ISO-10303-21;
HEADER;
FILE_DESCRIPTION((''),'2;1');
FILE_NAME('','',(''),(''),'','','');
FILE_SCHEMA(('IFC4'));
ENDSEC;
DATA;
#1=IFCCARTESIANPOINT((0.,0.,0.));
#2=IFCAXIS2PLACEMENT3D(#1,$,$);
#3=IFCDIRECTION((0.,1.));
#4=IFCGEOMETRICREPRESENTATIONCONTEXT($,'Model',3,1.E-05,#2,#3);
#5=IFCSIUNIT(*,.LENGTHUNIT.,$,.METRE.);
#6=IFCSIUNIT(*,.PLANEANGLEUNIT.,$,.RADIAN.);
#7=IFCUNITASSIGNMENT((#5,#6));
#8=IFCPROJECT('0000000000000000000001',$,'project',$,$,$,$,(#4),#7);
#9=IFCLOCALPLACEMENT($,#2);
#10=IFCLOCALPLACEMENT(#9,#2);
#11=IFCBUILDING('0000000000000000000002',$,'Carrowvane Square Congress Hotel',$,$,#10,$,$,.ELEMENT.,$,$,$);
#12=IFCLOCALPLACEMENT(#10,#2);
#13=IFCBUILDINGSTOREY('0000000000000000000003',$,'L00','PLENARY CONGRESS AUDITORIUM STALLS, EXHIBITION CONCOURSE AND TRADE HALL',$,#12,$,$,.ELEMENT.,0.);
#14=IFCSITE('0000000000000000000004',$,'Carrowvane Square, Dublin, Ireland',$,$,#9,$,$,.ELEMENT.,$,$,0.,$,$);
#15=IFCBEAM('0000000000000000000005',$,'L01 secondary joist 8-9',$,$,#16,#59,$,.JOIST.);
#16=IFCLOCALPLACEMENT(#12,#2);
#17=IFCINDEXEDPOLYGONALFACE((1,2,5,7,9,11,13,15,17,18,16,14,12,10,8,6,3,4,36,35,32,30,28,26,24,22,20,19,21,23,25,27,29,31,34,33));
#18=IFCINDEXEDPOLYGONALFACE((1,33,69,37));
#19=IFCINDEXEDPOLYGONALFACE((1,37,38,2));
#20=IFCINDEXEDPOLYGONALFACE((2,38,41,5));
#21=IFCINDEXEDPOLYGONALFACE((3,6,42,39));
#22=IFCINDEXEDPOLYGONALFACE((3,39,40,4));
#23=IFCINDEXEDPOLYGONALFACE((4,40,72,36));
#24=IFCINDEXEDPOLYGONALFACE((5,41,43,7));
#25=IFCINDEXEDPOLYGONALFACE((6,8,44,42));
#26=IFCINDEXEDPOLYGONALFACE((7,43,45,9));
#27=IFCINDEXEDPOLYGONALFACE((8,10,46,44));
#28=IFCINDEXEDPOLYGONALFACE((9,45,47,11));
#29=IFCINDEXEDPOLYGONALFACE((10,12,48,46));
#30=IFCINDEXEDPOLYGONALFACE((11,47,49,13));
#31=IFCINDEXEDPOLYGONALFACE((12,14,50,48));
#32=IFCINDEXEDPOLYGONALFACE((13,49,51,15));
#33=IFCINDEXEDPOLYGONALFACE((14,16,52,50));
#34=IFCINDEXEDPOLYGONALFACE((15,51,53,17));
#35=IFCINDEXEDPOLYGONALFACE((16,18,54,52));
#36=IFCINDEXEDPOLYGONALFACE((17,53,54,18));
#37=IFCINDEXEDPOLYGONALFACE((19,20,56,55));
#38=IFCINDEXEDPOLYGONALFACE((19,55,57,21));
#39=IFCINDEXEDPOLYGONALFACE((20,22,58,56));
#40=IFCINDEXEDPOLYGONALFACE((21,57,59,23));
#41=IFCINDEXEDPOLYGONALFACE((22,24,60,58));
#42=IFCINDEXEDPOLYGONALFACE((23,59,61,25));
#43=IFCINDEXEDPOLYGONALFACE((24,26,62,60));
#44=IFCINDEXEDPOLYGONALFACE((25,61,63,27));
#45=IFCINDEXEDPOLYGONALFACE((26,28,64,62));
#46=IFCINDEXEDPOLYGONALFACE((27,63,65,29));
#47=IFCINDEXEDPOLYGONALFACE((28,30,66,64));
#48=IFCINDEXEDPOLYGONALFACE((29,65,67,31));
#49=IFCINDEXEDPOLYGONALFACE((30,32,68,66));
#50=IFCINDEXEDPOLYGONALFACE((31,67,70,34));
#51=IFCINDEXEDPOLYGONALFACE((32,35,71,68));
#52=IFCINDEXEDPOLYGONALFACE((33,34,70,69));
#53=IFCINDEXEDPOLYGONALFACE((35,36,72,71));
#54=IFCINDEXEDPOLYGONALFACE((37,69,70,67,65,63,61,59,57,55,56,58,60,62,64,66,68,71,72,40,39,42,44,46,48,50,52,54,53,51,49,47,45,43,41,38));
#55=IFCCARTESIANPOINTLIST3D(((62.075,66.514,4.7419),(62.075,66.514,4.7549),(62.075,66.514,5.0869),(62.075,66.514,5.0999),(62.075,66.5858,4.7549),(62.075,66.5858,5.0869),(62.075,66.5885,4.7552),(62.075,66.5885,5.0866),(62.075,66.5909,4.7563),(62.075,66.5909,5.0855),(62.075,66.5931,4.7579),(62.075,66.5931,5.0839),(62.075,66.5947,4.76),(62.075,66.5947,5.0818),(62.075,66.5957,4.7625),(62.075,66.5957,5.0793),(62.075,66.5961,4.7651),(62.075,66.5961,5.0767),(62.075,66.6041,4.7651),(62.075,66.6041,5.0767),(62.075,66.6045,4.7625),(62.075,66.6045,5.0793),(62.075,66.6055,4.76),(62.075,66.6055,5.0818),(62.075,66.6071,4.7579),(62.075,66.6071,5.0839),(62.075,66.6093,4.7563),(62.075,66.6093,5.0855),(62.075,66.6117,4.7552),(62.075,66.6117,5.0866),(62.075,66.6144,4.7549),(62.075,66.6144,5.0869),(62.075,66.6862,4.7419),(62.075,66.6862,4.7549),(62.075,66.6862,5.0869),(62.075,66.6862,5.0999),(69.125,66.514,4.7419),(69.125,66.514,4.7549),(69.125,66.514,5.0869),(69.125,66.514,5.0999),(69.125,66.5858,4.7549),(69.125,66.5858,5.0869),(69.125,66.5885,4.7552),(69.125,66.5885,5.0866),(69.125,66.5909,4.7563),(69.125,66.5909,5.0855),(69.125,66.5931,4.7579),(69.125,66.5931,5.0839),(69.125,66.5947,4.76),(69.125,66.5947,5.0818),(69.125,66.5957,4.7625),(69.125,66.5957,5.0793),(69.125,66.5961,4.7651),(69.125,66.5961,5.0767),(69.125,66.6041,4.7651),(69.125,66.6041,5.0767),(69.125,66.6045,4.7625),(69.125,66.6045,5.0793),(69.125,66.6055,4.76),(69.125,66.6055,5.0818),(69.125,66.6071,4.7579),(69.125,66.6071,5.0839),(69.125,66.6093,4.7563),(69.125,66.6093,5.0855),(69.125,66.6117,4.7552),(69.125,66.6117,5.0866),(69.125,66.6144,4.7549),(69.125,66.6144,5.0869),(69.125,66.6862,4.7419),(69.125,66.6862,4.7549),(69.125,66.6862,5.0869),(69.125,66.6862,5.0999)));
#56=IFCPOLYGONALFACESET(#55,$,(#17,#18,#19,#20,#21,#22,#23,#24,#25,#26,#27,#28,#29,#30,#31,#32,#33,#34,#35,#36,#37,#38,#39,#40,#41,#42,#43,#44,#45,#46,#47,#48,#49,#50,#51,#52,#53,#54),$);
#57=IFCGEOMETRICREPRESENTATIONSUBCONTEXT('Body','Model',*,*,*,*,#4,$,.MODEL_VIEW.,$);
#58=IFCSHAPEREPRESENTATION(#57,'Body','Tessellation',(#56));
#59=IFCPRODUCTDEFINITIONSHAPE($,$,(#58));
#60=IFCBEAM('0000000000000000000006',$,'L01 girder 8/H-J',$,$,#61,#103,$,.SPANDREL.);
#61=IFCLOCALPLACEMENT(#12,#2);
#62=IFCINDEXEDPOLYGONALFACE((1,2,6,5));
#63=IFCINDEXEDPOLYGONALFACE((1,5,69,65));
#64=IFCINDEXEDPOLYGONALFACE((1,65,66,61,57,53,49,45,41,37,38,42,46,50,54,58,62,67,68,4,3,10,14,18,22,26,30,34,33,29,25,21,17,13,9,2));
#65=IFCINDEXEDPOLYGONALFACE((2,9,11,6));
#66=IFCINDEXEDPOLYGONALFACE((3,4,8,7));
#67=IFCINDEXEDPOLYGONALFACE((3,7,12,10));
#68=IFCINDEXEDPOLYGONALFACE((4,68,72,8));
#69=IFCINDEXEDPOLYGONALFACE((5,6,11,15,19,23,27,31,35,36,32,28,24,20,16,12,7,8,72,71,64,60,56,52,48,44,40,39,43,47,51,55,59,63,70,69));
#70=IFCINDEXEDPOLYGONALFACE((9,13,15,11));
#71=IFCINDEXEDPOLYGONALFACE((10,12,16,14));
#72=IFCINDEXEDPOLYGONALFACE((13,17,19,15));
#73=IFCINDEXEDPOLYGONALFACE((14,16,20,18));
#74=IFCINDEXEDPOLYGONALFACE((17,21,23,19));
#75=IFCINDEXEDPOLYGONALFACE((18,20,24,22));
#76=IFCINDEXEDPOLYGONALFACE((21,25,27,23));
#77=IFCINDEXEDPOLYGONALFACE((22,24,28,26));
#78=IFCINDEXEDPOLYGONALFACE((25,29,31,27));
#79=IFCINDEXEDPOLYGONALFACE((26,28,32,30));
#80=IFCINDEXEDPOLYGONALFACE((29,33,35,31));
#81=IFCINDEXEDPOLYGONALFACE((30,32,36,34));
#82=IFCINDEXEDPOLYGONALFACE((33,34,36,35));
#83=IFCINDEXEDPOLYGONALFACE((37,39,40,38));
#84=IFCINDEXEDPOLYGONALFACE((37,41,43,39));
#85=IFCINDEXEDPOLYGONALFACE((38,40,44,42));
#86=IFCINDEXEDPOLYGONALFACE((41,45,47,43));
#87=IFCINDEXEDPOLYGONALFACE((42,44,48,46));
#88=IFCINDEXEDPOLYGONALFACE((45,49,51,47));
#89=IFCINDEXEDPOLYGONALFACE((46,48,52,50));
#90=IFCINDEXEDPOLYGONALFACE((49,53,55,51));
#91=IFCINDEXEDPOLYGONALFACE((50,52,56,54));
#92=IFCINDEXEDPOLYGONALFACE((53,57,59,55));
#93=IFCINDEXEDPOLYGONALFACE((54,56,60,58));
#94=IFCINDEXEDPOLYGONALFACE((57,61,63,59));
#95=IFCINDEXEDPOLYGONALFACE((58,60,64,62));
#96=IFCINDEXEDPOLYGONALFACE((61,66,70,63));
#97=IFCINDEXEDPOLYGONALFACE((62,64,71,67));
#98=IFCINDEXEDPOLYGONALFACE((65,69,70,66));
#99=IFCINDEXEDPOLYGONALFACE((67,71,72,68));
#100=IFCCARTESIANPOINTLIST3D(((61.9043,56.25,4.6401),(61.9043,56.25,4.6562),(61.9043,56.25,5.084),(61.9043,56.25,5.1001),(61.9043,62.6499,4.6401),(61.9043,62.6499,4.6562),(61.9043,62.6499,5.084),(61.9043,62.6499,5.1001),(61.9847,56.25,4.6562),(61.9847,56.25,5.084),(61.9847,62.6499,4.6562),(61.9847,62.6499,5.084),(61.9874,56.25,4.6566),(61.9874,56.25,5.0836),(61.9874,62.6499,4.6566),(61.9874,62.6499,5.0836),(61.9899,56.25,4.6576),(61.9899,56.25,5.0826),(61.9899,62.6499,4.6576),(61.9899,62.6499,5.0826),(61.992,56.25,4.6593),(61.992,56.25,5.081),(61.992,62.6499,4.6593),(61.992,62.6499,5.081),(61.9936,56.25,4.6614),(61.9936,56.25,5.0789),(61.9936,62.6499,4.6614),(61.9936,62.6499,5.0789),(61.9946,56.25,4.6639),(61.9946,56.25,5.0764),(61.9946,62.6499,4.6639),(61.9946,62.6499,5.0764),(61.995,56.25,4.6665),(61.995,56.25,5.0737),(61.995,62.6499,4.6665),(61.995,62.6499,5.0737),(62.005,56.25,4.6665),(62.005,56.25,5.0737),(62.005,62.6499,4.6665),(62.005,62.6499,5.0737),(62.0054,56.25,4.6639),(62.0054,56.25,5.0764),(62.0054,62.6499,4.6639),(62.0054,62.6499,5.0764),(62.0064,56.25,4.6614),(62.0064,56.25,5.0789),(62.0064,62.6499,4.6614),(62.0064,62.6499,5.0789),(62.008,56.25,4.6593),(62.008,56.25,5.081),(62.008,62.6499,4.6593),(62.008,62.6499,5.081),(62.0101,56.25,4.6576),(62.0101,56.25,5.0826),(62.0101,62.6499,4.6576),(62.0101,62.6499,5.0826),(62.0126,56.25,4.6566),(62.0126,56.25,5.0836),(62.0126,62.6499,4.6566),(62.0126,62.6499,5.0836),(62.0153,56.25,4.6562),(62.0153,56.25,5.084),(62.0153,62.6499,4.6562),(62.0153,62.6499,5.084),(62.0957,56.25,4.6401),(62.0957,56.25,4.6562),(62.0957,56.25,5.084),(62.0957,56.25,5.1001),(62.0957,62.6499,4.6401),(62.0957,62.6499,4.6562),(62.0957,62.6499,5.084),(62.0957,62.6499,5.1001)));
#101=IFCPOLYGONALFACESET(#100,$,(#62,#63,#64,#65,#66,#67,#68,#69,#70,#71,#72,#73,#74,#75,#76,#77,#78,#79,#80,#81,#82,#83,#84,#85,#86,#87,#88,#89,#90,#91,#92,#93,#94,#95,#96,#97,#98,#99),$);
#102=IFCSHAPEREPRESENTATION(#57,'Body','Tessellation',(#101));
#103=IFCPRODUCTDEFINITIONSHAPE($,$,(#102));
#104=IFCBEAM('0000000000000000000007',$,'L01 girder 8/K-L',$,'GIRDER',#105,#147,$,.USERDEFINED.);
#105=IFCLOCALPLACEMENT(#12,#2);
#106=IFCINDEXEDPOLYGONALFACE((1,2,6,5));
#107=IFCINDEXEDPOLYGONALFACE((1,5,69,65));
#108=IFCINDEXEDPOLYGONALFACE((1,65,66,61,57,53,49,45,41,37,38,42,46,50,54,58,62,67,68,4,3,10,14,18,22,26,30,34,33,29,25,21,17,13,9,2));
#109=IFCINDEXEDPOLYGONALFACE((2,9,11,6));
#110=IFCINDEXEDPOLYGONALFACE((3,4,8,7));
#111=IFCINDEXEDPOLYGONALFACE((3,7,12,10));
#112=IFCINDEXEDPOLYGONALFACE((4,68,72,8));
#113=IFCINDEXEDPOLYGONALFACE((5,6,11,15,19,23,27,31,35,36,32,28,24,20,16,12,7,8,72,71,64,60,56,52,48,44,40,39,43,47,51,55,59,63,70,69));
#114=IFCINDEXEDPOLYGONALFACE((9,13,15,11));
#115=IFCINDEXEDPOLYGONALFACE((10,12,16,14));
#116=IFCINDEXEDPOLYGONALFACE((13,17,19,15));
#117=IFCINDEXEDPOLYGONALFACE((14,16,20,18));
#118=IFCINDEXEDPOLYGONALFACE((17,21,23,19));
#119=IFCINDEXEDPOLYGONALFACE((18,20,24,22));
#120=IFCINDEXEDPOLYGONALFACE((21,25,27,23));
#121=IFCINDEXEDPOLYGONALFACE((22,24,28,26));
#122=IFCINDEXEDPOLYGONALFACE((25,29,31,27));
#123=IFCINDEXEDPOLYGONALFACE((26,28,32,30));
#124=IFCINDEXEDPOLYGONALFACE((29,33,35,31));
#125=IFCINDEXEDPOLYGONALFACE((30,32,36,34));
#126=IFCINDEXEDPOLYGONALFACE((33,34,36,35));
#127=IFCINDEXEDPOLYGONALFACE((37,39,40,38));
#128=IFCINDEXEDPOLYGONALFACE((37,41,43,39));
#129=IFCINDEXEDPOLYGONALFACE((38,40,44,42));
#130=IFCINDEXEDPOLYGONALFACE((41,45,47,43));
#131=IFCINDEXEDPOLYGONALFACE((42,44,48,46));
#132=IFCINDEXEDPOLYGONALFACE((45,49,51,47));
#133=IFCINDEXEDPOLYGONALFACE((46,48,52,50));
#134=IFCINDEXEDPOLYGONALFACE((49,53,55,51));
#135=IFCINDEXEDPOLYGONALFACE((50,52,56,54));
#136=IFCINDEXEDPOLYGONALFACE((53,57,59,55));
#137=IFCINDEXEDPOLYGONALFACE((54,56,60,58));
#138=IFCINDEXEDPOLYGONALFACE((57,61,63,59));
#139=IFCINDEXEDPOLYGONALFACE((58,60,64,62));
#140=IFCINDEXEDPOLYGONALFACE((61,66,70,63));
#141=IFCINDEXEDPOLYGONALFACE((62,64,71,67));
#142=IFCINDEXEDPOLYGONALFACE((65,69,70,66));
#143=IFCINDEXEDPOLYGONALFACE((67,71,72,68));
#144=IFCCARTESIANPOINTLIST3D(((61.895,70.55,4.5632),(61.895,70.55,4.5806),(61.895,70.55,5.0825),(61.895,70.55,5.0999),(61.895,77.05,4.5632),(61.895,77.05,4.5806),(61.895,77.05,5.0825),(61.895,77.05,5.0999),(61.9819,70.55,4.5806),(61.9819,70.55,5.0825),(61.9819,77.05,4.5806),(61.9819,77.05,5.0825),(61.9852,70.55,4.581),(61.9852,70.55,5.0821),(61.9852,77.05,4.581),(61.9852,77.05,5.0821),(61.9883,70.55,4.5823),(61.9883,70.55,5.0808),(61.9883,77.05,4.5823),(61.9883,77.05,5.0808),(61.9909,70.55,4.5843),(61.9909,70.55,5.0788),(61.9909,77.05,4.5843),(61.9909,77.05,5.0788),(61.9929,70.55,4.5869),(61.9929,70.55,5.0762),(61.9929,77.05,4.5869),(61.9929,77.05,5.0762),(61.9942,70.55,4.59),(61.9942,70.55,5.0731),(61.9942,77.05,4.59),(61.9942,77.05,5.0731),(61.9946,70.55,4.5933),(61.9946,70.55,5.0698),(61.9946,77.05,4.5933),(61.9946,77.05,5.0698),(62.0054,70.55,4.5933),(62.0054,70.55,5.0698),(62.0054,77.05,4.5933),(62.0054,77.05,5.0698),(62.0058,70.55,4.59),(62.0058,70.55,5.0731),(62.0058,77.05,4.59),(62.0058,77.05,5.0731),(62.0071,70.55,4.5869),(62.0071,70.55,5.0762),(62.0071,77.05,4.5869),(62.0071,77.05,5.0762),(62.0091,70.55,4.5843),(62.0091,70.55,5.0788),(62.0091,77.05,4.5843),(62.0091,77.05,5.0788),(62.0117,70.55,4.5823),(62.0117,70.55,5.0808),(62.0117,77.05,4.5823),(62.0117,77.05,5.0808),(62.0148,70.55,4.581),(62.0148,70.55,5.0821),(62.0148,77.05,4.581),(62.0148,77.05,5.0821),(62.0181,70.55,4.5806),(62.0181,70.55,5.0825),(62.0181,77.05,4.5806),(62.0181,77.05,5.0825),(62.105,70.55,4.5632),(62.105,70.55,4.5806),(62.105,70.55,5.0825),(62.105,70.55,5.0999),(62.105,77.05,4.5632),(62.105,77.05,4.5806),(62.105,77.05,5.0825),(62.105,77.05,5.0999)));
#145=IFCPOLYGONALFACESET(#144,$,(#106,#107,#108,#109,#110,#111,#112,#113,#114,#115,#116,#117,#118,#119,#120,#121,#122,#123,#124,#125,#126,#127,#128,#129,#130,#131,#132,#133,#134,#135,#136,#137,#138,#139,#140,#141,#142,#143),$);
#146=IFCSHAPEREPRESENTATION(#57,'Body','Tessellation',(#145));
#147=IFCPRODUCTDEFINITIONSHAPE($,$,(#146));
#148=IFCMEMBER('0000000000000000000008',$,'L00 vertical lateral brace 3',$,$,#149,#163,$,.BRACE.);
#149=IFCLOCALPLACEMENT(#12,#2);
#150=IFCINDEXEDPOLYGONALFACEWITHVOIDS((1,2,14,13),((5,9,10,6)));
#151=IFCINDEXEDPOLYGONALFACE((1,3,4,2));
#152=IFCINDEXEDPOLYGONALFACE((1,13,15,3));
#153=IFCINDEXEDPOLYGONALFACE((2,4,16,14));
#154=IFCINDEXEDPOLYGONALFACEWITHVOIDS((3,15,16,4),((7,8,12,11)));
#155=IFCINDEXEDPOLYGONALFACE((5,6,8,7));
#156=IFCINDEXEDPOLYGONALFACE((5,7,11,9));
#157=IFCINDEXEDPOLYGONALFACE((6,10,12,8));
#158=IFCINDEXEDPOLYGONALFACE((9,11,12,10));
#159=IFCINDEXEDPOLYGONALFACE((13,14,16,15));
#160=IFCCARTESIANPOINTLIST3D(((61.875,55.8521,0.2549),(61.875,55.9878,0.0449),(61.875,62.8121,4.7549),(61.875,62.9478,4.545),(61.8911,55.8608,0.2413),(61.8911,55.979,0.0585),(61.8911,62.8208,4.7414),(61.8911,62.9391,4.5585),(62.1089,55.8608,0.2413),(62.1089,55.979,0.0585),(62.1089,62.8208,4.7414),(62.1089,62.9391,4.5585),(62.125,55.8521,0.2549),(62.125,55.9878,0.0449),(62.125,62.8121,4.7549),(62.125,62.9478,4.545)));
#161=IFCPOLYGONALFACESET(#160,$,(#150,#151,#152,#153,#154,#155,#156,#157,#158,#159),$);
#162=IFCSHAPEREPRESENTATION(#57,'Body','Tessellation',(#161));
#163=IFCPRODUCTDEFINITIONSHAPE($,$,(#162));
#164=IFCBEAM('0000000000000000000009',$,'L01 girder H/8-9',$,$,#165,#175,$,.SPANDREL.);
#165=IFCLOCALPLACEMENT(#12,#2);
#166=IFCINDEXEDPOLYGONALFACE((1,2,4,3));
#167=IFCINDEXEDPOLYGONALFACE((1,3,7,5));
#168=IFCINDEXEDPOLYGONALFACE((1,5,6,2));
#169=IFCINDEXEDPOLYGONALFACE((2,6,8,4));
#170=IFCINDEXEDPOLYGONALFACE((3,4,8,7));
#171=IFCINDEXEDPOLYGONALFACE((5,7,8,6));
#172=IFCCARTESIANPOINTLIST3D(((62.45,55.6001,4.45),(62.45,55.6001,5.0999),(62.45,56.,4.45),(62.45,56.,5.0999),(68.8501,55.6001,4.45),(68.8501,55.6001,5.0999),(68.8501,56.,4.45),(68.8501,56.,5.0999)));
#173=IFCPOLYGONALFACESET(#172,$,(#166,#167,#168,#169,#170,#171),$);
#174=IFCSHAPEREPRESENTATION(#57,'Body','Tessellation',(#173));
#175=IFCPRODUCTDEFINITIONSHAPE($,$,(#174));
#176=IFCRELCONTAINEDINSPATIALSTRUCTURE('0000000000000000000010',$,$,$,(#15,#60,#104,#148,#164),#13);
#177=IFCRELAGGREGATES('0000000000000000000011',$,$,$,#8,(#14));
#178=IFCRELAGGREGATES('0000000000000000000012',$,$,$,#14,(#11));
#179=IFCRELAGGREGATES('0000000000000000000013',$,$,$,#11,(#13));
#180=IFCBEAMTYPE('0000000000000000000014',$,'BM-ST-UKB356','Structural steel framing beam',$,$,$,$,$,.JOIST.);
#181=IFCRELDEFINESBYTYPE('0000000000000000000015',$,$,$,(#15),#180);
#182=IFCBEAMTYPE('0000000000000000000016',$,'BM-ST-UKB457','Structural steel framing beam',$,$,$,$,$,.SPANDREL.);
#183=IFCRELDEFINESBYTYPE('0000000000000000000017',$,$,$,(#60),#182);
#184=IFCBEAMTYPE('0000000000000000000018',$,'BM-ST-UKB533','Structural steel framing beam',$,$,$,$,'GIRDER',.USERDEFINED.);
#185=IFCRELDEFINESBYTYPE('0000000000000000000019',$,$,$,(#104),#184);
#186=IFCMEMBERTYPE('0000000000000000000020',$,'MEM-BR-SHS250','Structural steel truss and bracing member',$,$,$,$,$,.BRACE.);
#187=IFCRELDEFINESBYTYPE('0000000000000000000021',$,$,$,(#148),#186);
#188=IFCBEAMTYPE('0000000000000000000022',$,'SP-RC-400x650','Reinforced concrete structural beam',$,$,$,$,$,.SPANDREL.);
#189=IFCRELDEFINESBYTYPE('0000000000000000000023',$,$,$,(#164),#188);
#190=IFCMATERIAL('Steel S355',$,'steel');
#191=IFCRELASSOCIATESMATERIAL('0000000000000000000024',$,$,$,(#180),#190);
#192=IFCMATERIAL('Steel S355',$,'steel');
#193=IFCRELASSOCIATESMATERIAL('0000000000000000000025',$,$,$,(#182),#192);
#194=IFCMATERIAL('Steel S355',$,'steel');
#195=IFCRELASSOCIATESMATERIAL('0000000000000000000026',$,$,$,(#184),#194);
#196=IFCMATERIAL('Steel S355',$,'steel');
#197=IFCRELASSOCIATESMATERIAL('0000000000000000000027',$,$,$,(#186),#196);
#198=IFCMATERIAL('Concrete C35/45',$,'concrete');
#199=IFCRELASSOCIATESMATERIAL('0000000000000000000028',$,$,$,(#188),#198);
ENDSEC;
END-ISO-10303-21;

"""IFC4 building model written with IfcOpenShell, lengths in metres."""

from ifc_helpers import new_model, si_unit, direction, frame, origin, origin_2d, place, context, subcontext, project, spatial, rectangle, hollow_rectangle, i_section, extrude, material, material_profile, profile_set, type_object, element, save


model = new_model("IFC4")

# Units and contexts
model_context = context("Model", 3, precision=1e-05, world=origin(), true_north=direction((0.0, 1.0)))
body_context = subcontext(model_context, "Body", "Model", "MODEL_VIEW")
ifc_project = project(units=[si_unit("LENGTHUNIT", "METRE"), si_unit("PLANEANGLEUNIT", "RADIAN")], contexts=[model_context])

# Site, building, storey
site_placement = place(None, origin())
site = spatial("IfcSite", under=ifc_project, at=site_placement, Name="Carrowvane Square, Dublin, Ireland", CompositionType="ELEMENT", RefElevation=0.0)
building_placement = place(site_placement, origin())
building = spatial("IfcBuilding", under=site, at=building_placement, Name="Carrowvane Square Congress Hotel", CompositionType="ELEMENT")
storey_placement = place(building_placement, origin())
storey = spatial("IfcBuildingStorey", under=building, at=storey_placement, Name="L00", Description="PLENARY CONGRESS AUDITORIUM STALLS, EXHIBITION CONCOURSE AND TRADE HALL", CompositionType="ELEMENT", Elevation=0.0)

# Beams
ifc_material_1 = material(Name="Steel S355", Category="steel")
ifc_material_profile_1 = material_profile(ifc_material_1, i_section(OverallWidth=0.1721, OverallDepth=0.3579, WebThickness=0.0081, FlangeThickness=0.0129, FilletRadius=0.0103, at=origin_2d()), Name="UKB 356x171x57")
ifc_profile_set_1 = profile_set([ifc_material_profile_1], Name="Steel S355")
beam_type_1 = type_object("IfcBeamType", Name="BM-ST-UKB356", Description="Structural steel framing beam", PredefinedType="JOIST", material=ifc_profile_set_1)
beam_1_placement = place(storey_placement, frame((62.075, 66.6001, 4.9209), z_axis=(1.0, 0.0, 0.0), x_axis=(0.0, 1.0, 0.0)))
element("IfcBeam", 1, at=beam_1_placement, inside=storey, type_object=beam_type_1, Name="L01 secondary joist 8-9", PredefinedType="JOIST", context=body_context, shape_type="SweptSolid", body=[
    extrude(i_section(OverallWidth=0.1721, OverallDepth=0.3579, WebThickness=0.0081, FlangeThickness=0.0129, FilletRadius=0.0103, at=origin_2d()), origin(), (0.0, 0.0, 1.0), 7.05),
])
ifc_material_2 = material(Name="Steel S355", Category="steel")
ifc_material_profile_2 = material_profile(ifc_material_2, i_section(OverallWidth=0.1914, OverallDepth=0.46, WebThickness=0.01, FlangeThickness=0.0161, FilletRadius=0.0103, at=origin_2d()), Name="UKB 457x191x82")
ifc_profile_set_2 = profile_set([ifc_material_profile_2], Name="Steel S355")
beam_type_2 = type_object("IfcBeamType", Name="BM-ST-UKB457", Description="Structural steel framing beam", PredefinedType="SPANDREL", material=ifc_profile_set_2)
beam_2_placement = place(storey_placement, frame((62.0, 56.25, 4.8701), z_axis=(0.0, 1.0, 0.0), x_axis=(-1.0, 0.0, 0.0)))
element("IfcBeam", 2, at=beam_2_placement, inside=storey, type_object=beam_type_2, Name="L01 girder 8/H-J", PredefinedType="SPANDREL", context=body_context, shape_type="SweptSolid", body=[
    extrude(i_section(OverallWidth=0.1914, OverallDepth=0.46, WebThickness=0.01, FlangeThickness=0.0161, FilletRadius=0.0103, at=origin_2d()), origin(), (0.0, 0.0, 1.0), 6.3999),
])
ifc_material_3 = material(Name="Steel S355", Category="steel")
ifc_material_profile_3 = material_profile(ifc_material_3, i_section(OverallWidth=0.21, OverallDepth=0.5366, WebThickness=0.0107, FlangeThickness=0.0173, FilletRadius=0.0127, at=origin_2d()), Name="UKB 533x210x101")
ifc_profile_set_3 = profile_set([ifc_material_profile_3], Name="Steel S355")
beam_type_3 = type_object("IfcBeamType", Name="BM-ST-UKB533", Description="Structural steel framing beam", ElementType="GIRDER", PredefinedType="USERDEFINED", material=ifc_profile_set_3)
beam_3_placement = place(storey_placement, frame((62.0, 70.55, 4.8315), z_axis=(0.0, 1.0, 0.0), x_axis=(-1.0, 0.0, 0.0)))
element("IfcBeam", 3, at=beam_3_placement, inside=storey, type_object=beam_type_3, Name="L01 girder 8/K-L", ObjectType="GIRDER", PredefinedType="USERDEFINED", context=body_context, shape_type="SweptSolid", body=[
    extrude(i_section(OverallWidth=0.21, OverallDepth=0.5366, WebThickness=0.0107, FlangeThickness=0.0173, FilletRadius=0.0127, at=origin_2d()), origin(), (0.0, 0.0, 1.0), 6.5),
])

# Member
ifc_material_4 = material(Name="Steel S355", Category="steel")
ifc_material_profile_4 = material_profile(ifc_material_4, hollow_rectangle(XDim=0.25, YDim=0.25, WallThickness=0.0161, at=origin_2d()), Name="SHS 250x250x16")
ifc_profile_set_4 = profile_set([ifc_material_profile_4], Name="Steel S355")
member_type = type_object("IfcMemberType", Name="MEM-BR-SHS250", Description="Structural steel truss and bracing member", PredefinedType="BRACE", material=ifc_profile_set_4)
member_placement = place(storey_placement, frame((62.0, 55.9199, 0.1499), z_axis=(0.0, 0.839763, 0.542953), x_axis=(-1.0, 0.0, 0.0)))
element("IfcMember", 4, at=member_placement, inside=storey, type_object=member_type, Name="L00 vertical lateral brace 3", PredefinedType="BRACE", context=body_context, shape_type="SweptSolid", body=[
    extrude(hollow_rectangle(XDim=0.25, YDim=0.25, WallThickness=0.0161, at=origin_2d()), origin(), (0.0, 0.0, 1.0), 8.2881),
])

# Beam
ifc_material_5 = material(Name="Concrete C35/45", Category="concrete")
ifc_material_profile_5 = material_profile(ifc_material_5, rectangle(XDim=0.3999, YDim=0.6499, at=origin_2d()), Name="RC 400x650")
ifc_profile_set_5 = profile_set([ifc_material_profile_5], Name="Concrete C35/45")
beam_type_4 = type_object("IfcBeamType", Name="SP-RC-400x650", Description="Reinforced concrete structural beam", PredefinedType="SPANDREL", material=ifc_profile_set_5)
beam_4_placement = place(storey_placement, frame((62.45, 55.8, 4.7749), z_axis=(1.0, 0.0, 0.0), x_axis=(0.0, 1.0, 0.0)))
element("IfcBeam", 5, at=beam_4_placement, inside=storey, type_object=beam_type_4, Name="L01 girder H/8-9", PredefinedType="SPANDREL", context=body_context, shape_type="SweptSolid", body=[
    extrude(rectangle(XDim=0.3999, YDim=0.6499, at=origin_2d()), origin(), (0.0, 0.0, 1.0), 6.4001),
])

save(model, "model.ifc")
